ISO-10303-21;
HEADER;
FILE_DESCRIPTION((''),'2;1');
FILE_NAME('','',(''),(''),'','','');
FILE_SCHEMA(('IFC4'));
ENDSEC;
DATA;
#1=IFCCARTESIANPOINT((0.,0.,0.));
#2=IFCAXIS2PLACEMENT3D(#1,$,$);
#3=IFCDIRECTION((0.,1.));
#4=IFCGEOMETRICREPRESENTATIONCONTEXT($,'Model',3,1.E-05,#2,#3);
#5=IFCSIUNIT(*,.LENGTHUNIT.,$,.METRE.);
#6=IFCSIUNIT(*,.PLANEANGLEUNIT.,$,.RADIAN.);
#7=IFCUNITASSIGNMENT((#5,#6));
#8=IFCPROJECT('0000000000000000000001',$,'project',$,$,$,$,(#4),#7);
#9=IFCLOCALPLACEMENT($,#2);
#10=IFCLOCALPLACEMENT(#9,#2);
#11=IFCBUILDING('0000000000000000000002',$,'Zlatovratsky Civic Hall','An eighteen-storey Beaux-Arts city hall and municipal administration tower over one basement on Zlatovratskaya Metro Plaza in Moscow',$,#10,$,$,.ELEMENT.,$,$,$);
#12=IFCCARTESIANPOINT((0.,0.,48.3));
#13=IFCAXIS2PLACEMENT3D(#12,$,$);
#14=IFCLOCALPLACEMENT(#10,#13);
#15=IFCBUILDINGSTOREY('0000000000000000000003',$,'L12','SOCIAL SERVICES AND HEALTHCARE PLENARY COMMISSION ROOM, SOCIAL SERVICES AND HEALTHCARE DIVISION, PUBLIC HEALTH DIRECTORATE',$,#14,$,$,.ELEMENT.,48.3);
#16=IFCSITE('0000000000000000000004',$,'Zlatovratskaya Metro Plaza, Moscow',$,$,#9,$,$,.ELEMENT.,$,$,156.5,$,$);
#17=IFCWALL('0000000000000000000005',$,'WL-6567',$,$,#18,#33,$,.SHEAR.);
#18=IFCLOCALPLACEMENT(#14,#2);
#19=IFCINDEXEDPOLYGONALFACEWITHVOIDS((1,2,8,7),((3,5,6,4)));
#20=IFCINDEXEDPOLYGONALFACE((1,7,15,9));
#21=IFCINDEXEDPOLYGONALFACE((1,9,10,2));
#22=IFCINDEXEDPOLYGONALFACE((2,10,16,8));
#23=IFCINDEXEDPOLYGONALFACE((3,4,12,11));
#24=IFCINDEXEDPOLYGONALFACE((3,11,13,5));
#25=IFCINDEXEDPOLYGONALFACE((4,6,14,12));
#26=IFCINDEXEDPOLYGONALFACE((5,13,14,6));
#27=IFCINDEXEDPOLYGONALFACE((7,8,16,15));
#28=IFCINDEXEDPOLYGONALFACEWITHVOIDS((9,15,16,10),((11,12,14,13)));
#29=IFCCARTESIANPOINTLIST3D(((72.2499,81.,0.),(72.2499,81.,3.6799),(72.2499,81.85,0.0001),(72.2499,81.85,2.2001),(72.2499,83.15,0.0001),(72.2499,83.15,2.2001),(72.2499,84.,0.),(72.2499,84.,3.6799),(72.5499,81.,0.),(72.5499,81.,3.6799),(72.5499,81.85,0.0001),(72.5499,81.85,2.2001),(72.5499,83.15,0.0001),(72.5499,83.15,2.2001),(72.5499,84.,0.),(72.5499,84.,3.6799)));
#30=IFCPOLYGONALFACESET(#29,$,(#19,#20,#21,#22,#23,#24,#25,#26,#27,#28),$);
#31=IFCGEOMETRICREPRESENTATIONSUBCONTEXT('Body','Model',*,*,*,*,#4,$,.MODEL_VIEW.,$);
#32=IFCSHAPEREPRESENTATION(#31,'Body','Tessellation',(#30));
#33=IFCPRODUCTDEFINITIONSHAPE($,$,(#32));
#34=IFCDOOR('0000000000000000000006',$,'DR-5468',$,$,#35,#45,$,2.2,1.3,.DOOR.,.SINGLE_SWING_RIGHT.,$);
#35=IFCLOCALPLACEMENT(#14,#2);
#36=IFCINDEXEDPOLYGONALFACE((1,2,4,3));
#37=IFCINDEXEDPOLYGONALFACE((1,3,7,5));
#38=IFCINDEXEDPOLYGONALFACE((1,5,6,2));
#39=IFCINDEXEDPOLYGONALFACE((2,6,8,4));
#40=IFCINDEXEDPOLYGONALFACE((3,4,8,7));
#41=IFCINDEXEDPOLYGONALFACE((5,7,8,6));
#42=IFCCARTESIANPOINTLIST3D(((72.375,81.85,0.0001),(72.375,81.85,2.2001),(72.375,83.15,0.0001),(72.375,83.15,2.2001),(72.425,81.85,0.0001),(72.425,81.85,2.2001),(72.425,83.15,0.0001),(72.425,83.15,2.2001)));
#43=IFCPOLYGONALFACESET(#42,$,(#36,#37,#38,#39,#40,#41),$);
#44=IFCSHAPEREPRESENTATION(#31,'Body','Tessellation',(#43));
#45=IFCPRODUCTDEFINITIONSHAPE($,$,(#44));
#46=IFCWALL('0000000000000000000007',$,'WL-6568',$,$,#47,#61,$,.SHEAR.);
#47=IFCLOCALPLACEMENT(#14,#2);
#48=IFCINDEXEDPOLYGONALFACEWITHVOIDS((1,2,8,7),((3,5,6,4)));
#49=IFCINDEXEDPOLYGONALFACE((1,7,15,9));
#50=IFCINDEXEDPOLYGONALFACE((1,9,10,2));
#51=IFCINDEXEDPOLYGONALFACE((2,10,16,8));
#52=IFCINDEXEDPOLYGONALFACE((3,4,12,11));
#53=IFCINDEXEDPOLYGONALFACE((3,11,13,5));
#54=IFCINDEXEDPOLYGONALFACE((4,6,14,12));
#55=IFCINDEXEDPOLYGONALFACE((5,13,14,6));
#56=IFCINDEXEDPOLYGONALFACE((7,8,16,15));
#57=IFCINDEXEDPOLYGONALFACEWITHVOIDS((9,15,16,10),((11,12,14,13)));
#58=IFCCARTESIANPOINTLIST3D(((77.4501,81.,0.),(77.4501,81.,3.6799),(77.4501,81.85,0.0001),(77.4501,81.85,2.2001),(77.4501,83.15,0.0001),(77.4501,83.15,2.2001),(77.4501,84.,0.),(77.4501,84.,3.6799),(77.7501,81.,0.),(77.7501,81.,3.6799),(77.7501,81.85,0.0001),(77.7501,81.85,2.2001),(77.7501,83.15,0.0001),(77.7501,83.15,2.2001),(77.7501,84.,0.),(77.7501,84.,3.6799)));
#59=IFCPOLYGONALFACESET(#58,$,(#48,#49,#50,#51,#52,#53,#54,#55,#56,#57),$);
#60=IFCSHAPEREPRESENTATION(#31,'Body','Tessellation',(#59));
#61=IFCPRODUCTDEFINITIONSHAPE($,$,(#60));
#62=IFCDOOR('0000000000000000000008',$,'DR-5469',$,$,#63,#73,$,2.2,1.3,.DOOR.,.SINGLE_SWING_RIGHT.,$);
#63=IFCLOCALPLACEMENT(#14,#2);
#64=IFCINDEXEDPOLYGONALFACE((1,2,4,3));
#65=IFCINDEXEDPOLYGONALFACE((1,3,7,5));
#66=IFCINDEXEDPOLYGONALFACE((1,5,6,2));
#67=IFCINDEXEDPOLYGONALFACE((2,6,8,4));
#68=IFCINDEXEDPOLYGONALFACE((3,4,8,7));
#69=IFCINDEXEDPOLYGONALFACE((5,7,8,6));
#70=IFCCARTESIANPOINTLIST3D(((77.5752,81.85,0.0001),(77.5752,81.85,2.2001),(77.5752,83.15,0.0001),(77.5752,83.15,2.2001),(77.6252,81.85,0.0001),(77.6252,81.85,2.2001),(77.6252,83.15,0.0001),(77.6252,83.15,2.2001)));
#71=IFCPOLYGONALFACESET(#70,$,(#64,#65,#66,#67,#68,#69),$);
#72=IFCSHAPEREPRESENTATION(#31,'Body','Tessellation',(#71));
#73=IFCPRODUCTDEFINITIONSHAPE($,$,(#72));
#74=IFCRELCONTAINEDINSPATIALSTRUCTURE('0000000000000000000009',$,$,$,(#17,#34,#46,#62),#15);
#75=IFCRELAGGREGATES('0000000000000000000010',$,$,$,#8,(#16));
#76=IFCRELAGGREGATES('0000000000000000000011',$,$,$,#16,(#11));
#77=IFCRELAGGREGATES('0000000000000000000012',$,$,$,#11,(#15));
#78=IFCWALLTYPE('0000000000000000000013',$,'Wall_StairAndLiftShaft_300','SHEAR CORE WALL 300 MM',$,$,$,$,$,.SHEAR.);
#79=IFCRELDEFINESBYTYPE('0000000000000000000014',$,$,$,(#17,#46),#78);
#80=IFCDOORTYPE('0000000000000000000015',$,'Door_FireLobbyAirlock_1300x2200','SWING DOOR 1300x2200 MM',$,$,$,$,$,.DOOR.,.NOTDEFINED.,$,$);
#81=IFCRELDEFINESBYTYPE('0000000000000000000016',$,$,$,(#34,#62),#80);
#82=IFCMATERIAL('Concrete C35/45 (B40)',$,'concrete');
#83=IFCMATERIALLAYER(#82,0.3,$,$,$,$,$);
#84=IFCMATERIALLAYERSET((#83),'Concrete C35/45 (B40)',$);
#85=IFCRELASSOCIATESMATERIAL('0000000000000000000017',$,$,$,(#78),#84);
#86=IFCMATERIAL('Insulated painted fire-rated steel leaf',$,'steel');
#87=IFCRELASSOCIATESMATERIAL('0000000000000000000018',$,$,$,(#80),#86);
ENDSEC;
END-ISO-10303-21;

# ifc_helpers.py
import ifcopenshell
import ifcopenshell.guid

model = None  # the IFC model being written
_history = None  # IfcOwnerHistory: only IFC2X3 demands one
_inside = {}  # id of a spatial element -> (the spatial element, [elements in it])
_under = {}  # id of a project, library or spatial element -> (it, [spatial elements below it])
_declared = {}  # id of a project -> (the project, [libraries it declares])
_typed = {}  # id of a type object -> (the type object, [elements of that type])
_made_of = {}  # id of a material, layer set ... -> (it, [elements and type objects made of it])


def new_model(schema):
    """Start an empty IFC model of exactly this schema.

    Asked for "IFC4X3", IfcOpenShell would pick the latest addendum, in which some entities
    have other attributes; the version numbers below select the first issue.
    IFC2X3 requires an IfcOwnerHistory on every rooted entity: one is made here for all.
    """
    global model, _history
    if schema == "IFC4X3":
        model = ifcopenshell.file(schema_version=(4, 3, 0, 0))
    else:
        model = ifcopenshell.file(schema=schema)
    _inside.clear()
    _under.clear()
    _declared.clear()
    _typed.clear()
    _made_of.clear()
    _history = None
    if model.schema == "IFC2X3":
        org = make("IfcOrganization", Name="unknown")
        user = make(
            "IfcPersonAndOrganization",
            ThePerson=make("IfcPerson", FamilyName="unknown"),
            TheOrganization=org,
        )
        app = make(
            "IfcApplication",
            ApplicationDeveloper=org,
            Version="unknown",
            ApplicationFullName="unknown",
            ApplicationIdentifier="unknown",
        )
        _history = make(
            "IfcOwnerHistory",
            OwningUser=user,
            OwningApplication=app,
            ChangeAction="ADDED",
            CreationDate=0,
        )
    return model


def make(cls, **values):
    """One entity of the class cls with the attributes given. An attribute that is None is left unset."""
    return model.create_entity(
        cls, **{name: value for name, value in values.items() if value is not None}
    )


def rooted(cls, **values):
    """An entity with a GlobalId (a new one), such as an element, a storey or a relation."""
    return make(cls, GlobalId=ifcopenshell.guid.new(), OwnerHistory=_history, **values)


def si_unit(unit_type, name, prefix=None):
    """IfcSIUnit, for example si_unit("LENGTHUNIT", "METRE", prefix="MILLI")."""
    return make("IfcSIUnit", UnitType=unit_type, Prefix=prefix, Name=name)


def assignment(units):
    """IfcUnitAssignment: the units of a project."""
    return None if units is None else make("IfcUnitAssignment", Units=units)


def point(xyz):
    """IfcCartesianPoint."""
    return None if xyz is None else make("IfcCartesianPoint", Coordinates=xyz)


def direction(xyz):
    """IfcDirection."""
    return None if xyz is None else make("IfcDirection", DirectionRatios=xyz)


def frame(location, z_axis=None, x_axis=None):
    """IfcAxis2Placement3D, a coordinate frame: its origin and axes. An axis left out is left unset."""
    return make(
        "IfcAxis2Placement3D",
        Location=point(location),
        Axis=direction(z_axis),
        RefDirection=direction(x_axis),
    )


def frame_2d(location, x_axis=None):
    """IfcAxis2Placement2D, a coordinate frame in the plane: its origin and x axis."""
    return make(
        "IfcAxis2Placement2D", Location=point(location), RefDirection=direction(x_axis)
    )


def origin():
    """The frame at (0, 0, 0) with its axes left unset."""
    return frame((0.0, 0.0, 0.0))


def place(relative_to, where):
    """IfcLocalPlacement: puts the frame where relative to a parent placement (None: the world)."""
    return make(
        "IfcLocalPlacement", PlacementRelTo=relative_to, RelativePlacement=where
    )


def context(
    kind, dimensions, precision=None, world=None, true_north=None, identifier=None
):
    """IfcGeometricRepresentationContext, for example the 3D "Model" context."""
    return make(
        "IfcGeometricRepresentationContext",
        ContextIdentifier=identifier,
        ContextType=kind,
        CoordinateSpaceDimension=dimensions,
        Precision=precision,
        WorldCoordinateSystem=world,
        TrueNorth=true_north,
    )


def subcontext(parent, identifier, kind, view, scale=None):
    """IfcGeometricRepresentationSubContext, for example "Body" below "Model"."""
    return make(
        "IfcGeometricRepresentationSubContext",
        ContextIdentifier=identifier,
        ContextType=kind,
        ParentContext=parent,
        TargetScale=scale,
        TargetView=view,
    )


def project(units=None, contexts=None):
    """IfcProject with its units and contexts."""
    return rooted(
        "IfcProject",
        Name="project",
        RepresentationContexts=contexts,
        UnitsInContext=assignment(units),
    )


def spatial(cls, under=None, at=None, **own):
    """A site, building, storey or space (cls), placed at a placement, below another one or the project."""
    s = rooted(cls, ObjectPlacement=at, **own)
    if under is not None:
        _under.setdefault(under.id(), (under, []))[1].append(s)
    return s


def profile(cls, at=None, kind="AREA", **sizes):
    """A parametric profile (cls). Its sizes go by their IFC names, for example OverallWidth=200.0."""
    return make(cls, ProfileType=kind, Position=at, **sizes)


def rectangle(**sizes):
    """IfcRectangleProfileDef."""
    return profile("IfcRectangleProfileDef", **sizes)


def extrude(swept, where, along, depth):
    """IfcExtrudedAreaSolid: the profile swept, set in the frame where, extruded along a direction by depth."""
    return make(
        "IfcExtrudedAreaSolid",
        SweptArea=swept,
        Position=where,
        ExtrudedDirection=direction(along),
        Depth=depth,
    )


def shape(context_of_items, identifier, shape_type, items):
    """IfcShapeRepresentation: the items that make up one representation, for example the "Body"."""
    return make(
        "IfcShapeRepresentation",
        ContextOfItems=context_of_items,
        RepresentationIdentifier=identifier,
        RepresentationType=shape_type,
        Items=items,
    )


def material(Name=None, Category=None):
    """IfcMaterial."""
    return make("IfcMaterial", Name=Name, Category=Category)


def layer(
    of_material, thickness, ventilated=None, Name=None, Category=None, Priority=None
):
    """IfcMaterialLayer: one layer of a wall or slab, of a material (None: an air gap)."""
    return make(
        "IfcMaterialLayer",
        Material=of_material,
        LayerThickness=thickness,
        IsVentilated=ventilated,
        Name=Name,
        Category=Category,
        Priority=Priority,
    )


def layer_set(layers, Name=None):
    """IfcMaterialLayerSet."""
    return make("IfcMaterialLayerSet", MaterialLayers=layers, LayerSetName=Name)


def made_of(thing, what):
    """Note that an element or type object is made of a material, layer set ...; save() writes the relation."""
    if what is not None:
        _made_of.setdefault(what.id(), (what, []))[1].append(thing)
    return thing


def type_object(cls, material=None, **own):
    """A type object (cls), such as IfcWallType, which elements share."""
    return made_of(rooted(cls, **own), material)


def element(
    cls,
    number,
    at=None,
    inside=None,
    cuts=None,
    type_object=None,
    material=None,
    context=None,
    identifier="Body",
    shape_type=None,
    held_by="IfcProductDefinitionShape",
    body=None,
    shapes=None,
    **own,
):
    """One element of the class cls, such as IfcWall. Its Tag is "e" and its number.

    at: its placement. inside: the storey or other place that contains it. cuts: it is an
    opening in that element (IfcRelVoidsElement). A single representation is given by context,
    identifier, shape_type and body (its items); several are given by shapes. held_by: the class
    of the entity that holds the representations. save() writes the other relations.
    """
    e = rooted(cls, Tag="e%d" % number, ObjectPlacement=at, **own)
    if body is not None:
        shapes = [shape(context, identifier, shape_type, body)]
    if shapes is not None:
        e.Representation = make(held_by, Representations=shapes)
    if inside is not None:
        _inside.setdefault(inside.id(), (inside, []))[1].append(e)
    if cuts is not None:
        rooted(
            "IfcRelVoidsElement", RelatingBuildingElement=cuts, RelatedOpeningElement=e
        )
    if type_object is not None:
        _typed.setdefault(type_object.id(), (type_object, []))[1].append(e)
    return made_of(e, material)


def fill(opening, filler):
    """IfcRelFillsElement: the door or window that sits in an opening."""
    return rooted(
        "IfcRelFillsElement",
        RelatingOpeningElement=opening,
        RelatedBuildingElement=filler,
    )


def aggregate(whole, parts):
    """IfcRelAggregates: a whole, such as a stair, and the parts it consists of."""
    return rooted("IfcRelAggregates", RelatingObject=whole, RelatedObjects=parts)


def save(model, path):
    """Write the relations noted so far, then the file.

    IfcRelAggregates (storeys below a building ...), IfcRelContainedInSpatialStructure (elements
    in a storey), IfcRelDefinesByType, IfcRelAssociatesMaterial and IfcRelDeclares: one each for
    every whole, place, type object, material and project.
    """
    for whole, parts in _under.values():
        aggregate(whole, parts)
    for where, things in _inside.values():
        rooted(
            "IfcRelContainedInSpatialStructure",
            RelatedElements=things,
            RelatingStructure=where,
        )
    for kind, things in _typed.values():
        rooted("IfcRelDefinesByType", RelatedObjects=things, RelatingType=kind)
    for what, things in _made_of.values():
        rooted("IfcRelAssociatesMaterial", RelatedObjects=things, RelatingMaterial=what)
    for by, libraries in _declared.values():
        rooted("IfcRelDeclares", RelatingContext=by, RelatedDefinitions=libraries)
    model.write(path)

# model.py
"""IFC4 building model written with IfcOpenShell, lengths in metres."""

from ifc_helpers import new_model, si_unit, direction, frame, frame_2d, origin, place, context, subcontext, project, spatial, rectangle, extrude, material, layer, layer_set, type_object, element, fill, save


model = new_model("IFC4")

# Units and contexts
model_context = context("Model", 3, precision=1e-05, world=origin(), true_north=direction((0.0, 1.0)))
body_context = subcontext(model_context, "Body", "Model", "MODEL_VIEW")
ifc_project = project(units=[si_unit("LENGTHUNIT", "METRE"), si_unit("PLANEANGLEUNIT", "RADIAN")], contexts=[model_context])

# Site, building, storey
site_placement = place(None, origin())
site = spatial("IfcSite", under=ifc_project, at=site_placement, Name="Zlatovratskaya Metro Plaza, Moscow", CompositionType="ELEMENT", RefElevation=156.5)
building_placement = place(site_placement, origin())
building = spatial("IfcBuilding", under=site, at=building_placement, Name="Zlatovratsky Civic Hall", Description="An eighteen-storey Beaux-Arts city hall and municipal administration tower over one basement on Zlatovratskaya Metro Plaza in Moscow", CompositionType="ELEMENT")
storey_placement = place(building_placement, frame((0.0, 0.0, 48.3)))
storey = spatial("IfcBuildingStorey", under=building, at=storey_placement, Name="L12", Description="SOCIAL SERVICES AND HEALTHCARE PLENARY COMMISSION ROOM, SOCIAL SERVICES AND HEALTHCARE DIVISION, PUBLIC HEALTH DIRECTORATE", CompositionType="ELEMENT", Elevation=48.3)

# Shared definitions
ifc_material_1 = material(Name="Concrete C35/45 (B40)", Category="concrete")

# Shared definitions
ifc_layer_1 = layer(ifc_material_1, 0.3)
ifc_layer_set_1 = layer_set([ifc_layer_1], Name="Concrete C35/45 (B40)")
wall_type_1 = type_object("IfcWallType", Name="Wall_StairAndLiftShaft_300", Description="SHEAR CORE WALL 300 MM", PredefinedType="SHEAR", material=ifc_layer_set_1)

# Walls, openings, doors
wall_1_placement = place(storey_placement, frame((72.3999, 81.0, 0.0), z_axis=(0.0, 0.0, 1.0), x_axis=(0.0, 1.0, 0.0)))
wall_1 = element("IfcWall", 1, at=wall_1_placement, inside=storey, type_object=wall_type_1, Name="WL-6567", PredefinedType="SHEAR", context=body_context, shape_type="SweptSolid", body=[
    extrude(rectangle(XDim=3.0, YDim=0.3, at=frame_2d((1.5, 0.0))), origin(), (0.0, 0.0, 1.0), 3.6799),
])
opening_1_placement = place(wall_1_placement, frame((0.8501, 0.0, 0.0)))
opening_1 = element("IfcOpeningElement", 2, at=opening_1_placement, cuts=wall_1, PredefinedType="OPENING", context=body_context, shape_type="SweptSolid", body=[
    extrude(rectangle(XDim=1.3, YDim=2.2, at=frame_2d((0.6499, 1.1001))), frame((0.0, 0.165, 0.0), z_axis=(0.0, -1.0, 0.0), x_axis=(1.0, 0.0, 0.0)), (0.0, 0.0, 1.0), 0.3298),
])
ifc_material_2 = material(Name="Insulated painted fire-rated steel leaf", Category="steel")
door_type_1 = type_object("IfcDoorType", Name="Door_FireLobbyAirlock_1300x2200", Description="SWING DOOR 1300x2200 MM", OperationType="NOTDEFINED", PredefinedType="DOOR", material=ifc_material_2)
door_1_placement = place(opening_1_placement, origin())
door_1 = element("IfcDoor", 3, at=door_1_placement, inside=storey, type_object=door_type_1, Name="DR-5468", OperationType="SINGLE_SWING_RIGHT", OverallHeight=2.2, OverallWidth=1.3, PredefinedType="DOOR", context=body_context, shape_type="SweptSolid", body=[
    extrude(rectangle(XDim=1.3, YDim=2.2, at=frame_2d((0.6499, 1.1001))), frame((0.0, 0.0249, 0.0), z_axis=(0.0, -1.0, 0.0), x_axis=(1.0, 0.0, 0.0)), (0.0, 0.0, 1.0), 0.05),
])
fill(opening_1, door_1)
wall_2_placement = place(storey_placement, frame((77.6001, 81.0, 0.0), z_axis=(0.0, 0.0, 1.0), x_axis=(0.0, 1.0, 0.0)))
wall_2 = element("IfcWall", 4, at=wall_2_placement, inside=storey, type_object=wall_type_1, Name="WL-6568", PredefinedType="SHEAR", context=body_context, shape_type="SweptSolid", body=[
    extrude(rectangle(XDim=3.0, YDim=0.3, at=frame_2d((1.5, 0.0))), origin(), (0.0, 0.0, 1.0), 3.6799),
])
opening_2_placement = place(wall_2_placement, frame((0.8501, 0.0, 0.0)))
opening_2 = element("IfcOpeningElement", 5, at=opening_2_placement, cuts=wall_2, PredefinedType="OPENING", context=body_context, shape_type="SweptSolid", body=[
    extrude(rectangle(XDim=1.3, YDim=2.2, at=frame_2d((0.6499, 1.1001))), frame((0.0, 0.165, 0.0), z_axis=(0.0, -1.0, 0.0), x_axis=(1.0, 0.0, 0.0)), (0.0, 0.0, 1.0), 0.3298),
])
door_2_placement = place(opening_2_placement, origin())
door_2 = element("IfcDoor", 6, at=door_2_placement, inside=storey, type_object=door_type_1, Name="DR-5469", OperationType="SINGLE_SWING_RIGHT", OverallHeight=2.2, OverallWidth=1.3, PredefinedType="DOOR", context=body_context, shape_type="SweptSolid", body=[
    extrude(rectangle(XDim=1.3, YDim=2.2, at=frame_2d((0.6499, 1.1001))), frame((0.0, 0.0249, 0.0), z_axis=(0.0, -1.0, 0.0), x_axis=(1.0, 0.0, 0.0)), (0.0, 0.0, 1.0), 0.05),
])
fill(opening_2, door_2)

save(model, "model.ifc")
